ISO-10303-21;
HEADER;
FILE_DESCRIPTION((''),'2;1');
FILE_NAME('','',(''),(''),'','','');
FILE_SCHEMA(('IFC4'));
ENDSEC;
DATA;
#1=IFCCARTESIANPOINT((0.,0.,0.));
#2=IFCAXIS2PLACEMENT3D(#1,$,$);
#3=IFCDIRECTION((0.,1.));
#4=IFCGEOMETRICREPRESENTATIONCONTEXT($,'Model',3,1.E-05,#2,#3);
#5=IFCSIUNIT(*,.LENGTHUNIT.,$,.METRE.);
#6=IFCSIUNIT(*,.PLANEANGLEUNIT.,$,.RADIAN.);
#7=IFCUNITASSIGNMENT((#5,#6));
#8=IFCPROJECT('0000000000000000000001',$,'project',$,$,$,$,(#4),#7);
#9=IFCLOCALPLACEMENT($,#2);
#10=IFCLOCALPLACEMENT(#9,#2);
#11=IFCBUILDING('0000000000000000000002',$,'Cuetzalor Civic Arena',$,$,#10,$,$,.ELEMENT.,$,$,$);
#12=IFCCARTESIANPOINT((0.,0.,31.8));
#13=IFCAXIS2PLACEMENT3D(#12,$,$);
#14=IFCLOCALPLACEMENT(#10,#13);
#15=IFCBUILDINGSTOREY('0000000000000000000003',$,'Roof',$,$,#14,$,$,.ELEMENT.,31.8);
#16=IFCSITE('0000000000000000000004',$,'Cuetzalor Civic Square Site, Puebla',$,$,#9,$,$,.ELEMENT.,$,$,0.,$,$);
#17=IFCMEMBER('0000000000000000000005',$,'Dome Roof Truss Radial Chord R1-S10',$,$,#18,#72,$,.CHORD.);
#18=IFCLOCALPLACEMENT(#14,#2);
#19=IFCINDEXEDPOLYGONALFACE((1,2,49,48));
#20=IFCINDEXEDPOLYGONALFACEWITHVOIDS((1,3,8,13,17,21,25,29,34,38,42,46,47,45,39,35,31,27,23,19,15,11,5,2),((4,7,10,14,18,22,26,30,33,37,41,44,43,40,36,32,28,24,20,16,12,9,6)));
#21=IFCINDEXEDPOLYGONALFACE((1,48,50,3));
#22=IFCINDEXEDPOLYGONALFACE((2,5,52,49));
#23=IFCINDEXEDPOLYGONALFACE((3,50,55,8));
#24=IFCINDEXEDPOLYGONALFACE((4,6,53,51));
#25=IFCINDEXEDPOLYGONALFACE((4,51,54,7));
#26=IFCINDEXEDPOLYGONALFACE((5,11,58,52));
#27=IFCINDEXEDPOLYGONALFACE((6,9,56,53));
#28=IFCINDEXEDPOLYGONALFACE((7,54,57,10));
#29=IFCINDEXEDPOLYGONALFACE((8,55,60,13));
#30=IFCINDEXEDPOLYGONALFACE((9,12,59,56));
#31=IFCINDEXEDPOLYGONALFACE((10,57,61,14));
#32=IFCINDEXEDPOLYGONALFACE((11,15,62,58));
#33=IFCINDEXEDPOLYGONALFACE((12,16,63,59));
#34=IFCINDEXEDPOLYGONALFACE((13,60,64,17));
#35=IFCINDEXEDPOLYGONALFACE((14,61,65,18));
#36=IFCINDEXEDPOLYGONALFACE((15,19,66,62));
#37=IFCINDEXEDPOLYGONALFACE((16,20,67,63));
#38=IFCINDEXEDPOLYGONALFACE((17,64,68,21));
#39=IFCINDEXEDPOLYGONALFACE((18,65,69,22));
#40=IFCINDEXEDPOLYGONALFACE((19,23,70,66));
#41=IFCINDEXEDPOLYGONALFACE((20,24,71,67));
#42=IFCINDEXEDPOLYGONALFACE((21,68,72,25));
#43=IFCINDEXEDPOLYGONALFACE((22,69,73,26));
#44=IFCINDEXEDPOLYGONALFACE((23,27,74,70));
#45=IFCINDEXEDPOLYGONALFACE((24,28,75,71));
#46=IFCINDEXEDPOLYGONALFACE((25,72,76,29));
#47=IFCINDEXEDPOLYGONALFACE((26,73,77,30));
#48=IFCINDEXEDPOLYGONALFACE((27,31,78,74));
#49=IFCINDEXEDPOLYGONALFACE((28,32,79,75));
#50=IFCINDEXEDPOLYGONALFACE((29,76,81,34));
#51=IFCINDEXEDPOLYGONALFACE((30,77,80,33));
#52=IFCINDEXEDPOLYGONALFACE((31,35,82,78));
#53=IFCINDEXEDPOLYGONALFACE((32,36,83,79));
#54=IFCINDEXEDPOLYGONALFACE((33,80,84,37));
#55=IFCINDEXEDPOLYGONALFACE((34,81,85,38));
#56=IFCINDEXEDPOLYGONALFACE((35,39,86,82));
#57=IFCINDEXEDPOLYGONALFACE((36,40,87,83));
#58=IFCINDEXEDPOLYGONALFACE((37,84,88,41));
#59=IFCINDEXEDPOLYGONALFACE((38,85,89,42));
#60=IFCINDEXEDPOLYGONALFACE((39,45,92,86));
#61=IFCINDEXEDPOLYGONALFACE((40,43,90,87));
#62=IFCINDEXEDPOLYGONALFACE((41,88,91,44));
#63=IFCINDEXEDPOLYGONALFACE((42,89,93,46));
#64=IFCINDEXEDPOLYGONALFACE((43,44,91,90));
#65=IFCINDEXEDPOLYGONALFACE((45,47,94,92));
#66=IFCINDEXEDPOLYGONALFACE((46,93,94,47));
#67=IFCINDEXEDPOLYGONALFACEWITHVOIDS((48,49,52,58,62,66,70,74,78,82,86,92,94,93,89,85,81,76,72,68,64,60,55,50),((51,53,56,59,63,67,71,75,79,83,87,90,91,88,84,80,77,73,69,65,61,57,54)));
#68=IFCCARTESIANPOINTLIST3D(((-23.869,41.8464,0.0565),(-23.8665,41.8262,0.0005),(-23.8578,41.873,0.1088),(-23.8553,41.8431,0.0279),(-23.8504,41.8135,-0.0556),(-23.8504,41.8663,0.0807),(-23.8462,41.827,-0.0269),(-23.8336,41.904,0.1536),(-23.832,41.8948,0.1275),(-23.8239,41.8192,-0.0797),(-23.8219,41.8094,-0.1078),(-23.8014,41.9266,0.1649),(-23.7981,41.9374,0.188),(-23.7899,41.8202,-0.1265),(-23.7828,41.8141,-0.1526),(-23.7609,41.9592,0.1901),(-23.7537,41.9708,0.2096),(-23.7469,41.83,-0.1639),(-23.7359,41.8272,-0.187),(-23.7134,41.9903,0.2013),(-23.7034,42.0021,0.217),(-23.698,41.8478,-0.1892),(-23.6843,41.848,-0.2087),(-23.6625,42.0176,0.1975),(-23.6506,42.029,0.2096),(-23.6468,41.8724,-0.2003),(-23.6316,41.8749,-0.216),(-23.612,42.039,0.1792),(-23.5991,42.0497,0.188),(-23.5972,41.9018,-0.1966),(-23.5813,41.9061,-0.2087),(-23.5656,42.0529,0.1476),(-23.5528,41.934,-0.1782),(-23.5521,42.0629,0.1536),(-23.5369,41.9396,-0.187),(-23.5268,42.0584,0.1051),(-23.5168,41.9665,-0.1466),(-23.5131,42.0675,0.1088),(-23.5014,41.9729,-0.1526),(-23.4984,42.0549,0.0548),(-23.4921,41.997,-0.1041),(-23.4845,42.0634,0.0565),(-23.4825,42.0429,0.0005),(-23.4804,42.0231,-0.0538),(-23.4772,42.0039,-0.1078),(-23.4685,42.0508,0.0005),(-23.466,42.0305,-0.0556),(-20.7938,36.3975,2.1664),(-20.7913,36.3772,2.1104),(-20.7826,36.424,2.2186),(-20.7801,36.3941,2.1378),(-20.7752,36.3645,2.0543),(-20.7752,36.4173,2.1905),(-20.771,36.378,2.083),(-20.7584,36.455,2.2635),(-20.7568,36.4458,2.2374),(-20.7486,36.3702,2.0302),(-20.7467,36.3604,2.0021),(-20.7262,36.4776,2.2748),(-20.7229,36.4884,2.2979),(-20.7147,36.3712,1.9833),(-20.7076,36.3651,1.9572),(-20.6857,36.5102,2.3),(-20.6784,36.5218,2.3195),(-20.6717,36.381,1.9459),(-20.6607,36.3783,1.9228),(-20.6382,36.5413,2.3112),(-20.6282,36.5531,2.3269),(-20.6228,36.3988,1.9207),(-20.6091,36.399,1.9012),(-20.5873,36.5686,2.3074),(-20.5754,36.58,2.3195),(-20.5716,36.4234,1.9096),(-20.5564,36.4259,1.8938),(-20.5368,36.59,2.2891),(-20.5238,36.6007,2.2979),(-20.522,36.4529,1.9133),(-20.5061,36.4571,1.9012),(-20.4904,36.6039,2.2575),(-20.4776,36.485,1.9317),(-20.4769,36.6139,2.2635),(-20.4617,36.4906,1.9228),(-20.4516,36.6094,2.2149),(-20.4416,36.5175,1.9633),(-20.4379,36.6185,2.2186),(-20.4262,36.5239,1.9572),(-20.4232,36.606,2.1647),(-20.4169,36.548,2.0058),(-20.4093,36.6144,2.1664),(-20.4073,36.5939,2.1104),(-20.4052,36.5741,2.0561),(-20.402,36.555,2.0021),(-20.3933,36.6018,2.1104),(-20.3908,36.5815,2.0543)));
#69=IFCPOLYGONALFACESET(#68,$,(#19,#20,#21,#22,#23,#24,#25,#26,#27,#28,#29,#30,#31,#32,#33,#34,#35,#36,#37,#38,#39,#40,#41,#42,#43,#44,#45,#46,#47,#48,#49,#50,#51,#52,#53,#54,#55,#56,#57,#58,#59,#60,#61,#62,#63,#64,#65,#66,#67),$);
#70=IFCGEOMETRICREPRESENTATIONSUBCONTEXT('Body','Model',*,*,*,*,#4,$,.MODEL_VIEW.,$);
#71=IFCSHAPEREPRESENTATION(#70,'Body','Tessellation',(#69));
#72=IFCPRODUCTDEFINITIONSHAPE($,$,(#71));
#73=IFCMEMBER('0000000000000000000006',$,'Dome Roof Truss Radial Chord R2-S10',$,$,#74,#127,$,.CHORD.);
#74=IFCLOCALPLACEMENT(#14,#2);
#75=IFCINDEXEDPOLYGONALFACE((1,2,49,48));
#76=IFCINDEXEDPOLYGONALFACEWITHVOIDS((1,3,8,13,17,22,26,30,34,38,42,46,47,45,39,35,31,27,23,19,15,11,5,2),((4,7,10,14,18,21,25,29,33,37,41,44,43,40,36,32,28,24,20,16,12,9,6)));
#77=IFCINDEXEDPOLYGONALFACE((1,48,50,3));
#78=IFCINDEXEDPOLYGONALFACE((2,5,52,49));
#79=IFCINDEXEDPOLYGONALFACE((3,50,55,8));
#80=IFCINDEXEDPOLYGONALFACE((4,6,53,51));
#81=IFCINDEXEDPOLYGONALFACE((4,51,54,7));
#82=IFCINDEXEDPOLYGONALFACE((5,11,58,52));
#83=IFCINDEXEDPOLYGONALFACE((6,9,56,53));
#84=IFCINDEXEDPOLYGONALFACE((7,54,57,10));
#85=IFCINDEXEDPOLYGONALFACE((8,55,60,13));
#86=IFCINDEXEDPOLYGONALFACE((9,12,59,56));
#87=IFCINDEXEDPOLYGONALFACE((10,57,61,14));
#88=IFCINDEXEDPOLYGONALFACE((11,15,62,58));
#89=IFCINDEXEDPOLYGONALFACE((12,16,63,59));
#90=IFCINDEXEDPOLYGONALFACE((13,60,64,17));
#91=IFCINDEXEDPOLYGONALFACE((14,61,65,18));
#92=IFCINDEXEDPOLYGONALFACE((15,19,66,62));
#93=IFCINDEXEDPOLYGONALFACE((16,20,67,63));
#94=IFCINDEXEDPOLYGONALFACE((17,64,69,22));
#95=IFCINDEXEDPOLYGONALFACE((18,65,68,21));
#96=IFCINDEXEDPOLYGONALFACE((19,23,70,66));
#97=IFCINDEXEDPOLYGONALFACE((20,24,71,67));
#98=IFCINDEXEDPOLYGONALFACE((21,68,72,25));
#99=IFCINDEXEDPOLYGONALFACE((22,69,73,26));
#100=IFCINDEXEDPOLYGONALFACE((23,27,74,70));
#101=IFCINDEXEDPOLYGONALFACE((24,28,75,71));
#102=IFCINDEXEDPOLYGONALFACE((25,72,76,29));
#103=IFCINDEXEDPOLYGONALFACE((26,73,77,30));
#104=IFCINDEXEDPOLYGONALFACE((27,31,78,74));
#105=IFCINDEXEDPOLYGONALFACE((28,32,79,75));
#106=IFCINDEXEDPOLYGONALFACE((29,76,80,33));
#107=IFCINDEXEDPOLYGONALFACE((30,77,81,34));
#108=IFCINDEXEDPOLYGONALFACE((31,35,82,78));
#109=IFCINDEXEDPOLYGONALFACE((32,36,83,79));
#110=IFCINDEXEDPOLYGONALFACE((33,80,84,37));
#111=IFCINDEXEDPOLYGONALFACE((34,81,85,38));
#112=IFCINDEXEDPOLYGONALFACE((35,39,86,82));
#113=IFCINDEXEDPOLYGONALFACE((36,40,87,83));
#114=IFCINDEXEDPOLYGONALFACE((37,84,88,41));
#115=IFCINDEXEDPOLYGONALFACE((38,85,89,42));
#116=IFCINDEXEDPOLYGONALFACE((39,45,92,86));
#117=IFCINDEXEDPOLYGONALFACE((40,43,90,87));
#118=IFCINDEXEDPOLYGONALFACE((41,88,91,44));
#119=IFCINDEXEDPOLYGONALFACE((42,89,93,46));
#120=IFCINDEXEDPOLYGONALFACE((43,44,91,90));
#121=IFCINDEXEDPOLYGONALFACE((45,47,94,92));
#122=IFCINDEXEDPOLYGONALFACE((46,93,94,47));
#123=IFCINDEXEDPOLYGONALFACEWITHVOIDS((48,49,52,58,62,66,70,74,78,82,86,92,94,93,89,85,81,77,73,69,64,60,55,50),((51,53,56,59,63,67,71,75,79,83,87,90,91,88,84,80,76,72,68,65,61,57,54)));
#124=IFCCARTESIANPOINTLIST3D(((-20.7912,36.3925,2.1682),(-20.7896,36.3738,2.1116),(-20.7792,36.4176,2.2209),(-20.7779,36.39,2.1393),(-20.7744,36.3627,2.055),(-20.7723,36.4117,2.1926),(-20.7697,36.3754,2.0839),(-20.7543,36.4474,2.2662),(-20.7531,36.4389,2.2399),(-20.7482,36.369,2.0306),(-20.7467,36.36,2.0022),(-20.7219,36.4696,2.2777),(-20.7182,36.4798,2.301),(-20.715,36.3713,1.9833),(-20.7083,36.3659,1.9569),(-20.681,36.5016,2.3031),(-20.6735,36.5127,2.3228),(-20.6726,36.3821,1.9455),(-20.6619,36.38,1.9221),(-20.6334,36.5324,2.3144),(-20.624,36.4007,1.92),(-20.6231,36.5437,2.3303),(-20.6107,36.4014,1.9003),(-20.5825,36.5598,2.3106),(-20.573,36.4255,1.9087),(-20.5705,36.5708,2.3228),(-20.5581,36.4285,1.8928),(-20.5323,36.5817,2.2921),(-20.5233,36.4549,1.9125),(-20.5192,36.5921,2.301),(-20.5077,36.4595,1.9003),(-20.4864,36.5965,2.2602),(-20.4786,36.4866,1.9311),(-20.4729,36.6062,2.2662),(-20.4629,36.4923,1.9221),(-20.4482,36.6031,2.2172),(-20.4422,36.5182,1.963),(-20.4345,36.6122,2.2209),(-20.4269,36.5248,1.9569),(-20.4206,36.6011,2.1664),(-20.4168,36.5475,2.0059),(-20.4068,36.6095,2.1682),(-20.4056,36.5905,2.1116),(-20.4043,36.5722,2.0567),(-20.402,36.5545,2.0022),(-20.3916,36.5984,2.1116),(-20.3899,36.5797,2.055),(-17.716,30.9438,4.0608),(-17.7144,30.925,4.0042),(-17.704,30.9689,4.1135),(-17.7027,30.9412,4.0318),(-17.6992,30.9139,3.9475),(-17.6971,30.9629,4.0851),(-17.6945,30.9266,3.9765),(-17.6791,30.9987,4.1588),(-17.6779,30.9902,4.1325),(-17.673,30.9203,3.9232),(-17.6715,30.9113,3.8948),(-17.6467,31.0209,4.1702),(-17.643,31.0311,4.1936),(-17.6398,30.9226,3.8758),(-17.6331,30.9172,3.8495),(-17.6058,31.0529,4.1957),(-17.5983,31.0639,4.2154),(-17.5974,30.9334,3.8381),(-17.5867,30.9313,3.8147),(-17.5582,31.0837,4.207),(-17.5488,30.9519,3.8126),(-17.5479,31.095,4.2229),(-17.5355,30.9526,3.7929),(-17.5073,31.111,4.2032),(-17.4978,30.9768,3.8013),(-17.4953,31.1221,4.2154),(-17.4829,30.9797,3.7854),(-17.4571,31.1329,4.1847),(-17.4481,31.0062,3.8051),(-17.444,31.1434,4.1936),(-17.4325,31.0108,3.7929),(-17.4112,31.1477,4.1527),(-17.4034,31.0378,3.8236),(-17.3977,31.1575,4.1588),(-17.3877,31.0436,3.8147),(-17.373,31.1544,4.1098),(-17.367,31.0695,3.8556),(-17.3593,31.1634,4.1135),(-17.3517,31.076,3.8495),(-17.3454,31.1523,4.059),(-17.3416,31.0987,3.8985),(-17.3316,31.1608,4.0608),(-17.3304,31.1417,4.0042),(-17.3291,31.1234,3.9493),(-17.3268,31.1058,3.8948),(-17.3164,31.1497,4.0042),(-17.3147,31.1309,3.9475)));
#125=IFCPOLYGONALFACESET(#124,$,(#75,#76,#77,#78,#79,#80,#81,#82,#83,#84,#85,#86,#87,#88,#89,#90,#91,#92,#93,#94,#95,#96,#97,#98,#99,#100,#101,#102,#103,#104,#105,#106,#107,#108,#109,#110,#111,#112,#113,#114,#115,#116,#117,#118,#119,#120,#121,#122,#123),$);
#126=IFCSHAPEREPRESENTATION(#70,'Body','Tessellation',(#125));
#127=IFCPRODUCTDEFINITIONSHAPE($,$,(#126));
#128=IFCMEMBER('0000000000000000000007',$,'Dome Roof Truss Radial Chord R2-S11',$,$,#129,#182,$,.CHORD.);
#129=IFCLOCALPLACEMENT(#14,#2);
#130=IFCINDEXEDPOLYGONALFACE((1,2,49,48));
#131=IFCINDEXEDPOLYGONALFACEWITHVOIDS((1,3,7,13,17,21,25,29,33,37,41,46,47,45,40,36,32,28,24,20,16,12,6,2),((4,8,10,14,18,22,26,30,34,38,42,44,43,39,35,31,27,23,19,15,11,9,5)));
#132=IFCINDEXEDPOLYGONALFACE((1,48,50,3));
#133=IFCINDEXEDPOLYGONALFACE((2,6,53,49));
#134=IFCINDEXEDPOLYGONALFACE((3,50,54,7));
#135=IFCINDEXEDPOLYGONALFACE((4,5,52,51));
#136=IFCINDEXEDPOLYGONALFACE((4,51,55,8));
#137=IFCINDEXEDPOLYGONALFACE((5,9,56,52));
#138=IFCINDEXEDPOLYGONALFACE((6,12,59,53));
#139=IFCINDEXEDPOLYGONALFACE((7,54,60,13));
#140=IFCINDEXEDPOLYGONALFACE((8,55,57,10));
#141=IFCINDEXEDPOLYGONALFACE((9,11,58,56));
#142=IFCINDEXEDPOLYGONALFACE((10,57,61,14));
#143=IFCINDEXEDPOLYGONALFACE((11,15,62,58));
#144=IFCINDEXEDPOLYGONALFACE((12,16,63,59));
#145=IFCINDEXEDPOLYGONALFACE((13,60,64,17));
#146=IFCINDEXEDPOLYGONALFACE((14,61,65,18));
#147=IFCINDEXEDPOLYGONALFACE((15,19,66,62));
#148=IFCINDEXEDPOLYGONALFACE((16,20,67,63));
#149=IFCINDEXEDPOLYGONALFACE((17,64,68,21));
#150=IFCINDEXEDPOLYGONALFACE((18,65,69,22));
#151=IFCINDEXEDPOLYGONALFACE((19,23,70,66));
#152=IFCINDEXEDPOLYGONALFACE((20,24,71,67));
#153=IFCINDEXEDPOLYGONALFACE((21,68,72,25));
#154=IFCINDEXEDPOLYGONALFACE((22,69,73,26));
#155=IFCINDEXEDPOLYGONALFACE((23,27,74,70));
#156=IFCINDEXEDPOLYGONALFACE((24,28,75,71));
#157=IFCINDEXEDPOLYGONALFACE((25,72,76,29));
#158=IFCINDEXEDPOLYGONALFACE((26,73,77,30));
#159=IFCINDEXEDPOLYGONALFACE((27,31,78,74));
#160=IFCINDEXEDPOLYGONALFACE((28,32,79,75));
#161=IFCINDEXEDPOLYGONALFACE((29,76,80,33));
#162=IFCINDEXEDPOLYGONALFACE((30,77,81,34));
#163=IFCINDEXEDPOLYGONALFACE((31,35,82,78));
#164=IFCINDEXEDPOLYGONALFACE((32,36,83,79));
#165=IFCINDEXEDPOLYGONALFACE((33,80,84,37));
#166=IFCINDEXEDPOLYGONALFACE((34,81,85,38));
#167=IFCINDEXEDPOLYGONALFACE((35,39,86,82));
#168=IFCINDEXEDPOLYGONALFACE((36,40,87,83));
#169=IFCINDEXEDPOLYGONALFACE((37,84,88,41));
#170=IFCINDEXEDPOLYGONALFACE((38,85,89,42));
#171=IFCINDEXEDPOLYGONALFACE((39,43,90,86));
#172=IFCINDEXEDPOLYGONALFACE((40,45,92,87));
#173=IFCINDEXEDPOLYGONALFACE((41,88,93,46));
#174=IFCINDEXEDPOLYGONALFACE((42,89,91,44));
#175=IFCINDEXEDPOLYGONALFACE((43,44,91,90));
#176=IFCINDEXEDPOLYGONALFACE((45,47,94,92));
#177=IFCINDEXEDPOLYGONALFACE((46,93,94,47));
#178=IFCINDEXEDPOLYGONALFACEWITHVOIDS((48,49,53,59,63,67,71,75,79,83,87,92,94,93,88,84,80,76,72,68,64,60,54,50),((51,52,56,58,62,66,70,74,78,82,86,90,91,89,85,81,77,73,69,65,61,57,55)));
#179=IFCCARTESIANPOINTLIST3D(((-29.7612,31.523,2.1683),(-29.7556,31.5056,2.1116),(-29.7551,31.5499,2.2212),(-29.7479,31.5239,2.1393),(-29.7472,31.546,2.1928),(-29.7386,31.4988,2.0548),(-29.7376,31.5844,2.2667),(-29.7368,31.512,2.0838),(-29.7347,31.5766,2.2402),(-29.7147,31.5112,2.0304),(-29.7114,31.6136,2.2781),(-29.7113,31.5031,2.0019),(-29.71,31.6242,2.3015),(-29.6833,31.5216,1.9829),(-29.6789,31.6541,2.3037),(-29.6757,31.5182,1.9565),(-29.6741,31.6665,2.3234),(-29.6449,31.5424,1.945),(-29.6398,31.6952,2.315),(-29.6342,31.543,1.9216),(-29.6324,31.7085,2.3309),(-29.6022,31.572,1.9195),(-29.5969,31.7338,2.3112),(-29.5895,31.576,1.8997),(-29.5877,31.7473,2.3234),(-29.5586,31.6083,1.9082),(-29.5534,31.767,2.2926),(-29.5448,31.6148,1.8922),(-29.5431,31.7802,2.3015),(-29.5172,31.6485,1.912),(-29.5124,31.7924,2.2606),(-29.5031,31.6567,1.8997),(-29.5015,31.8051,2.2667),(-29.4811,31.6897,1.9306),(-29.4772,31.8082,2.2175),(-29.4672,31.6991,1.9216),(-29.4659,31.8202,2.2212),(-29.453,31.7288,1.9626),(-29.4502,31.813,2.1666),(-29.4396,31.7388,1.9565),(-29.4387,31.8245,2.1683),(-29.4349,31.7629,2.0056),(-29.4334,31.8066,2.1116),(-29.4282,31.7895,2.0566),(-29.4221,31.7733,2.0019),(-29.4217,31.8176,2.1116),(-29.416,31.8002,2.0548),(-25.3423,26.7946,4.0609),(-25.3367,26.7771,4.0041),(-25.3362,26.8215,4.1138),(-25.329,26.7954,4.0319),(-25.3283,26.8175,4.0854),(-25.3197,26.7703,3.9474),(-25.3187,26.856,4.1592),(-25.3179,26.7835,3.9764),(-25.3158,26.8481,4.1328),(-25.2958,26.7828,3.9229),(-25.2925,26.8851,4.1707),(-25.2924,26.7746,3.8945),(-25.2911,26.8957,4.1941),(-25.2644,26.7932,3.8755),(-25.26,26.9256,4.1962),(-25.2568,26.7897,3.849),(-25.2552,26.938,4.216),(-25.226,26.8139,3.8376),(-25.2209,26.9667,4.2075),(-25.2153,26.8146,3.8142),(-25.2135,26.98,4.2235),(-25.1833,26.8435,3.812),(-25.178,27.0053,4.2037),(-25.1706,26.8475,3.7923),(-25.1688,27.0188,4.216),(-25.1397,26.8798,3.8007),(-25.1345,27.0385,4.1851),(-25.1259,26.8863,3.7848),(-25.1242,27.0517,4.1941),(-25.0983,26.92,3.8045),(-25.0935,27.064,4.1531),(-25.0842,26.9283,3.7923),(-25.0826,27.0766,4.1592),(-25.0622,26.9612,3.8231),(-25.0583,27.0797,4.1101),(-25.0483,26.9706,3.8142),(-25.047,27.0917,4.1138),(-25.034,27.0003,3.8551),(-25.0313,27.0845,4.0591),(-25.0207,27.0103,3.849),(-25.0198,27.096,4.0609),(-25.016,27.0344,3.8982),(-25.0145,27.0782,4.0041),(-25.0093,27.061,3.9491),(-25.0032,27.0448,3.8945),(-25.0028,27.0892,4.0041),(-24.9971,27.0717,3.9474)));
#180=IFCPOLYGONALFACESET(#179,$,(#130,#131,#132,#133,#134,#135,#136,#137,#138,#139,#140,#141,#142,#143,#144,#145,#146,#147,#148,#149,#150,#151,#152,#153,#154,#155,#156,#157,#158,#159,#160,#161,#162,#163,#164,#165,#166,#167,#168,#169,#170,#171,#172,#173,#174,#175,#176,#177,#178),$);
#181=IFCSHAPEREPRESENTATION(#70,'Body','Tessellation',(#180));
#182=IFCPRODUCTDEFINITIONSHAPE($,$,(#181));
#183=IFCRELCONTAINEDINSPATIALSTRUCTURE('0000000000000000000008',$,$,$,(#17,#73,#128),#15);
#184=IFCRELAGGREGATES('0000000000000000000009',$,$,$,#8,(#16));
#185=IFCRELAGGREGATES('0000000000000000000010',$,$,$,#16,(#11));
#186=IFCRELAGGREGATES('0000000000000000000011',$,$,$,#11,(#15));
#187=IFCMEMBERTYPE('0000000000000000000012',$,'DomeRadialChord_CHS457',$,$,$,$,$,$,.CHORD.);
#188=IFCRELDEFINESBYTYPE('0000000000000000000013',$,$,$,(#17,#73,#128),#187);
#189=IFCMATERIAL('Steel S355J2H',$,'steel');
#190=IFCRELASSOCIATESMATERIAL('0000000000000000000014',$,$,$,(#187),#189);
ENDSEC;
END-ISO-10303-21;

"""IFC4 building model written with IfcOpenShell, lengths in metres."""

from ifc_helpers import new_model, si_unit, direction, frame, origin, origin_2d, place, context, subcontext, project, spatial, hollow_circle, extrude, material, material_profile, profile_set, type_object, element, save


model = new_model("IFC4")

# Units and contexts
model_context = context("Model", 3, precision=1e-05, world=origin(), true_north=direction((0.0, 1.0)))
body_context = subcontext(model_context, "Body", "Model", "MODEL_VIEW")
ifc_project = project(units=[si_unit("LENGTHUNIT", "METRE"), si_unit("PLANEANGLEUNIT", "RADIAN")], contexts=[model_context])

# Site, building, storey
site_placement = place(None, origin())
site = spatial("IfcSite", under=ifc_project, at=site_placement, Name="Cuetzalor Civic Square Site, Puebla", CompositionType="ELEMENT", RefElevation=0.0)
building_placement = place(site_placement, origin())
building = spatial("IfcBuilding", under=site, at=building_placement, Name="Cuetzalor Civic Arena", CompositionType="ELEMENT")
storey_placement = place(building_placement, frame((0.0, 0.0, 31.8)))
storey = spatial("IfcBuildingStorey", under=building, at=storey_placement, Name="Roof", CompositionType="ELEMENT", Elevation=31.8)

# Members
ifc_material_1 = material(Name="Steel S355J2H", Category="steel")
ifc_material_profile_1 = material_profile(ifc_material_1, hollow_circle(Radius=0.2285, WallThickness=0.0161, at=origin_2d()), Name="CHS 457x16")
ifc_profile_set_1 = profile_set([ifc_material_profile_1], Name="Steel S355J2H")
member_type_1 = type_object("IfcMemberType", Name="DomeRadialChord_CHS457", PredefinedType="CHORD", material=ifc_profile_set_1)
member_1_placement = place(storey_placement, frame((-23.6675, 41.9385, 0.0005), z_axis=(0.465727, -0.825226, 0.319531), x_axis=(0.870882, 0.491493, 0.0)))
element("IfcMember", 1, at=member_1_placement, inside=storey, type_object=member_type_1, Name="Dome Roof Truss Radial Chord R1-S10", PredefinedType="CHORD", context=body_context, shape_type="SweptSolid", body=[
    extrude(hollow_circle(Radius=0.2285, WallThickness=0.0161, at=origin_2d()), origin(), (0.0, 0.0, 1.0), 6.603),
])
member_2_placement = place(storey_placement, frame((-20.5906, 36.4861, 2.1116), z_axis=(0.470457, -0.833571, 0.289535), x_axis=(0.870872, 0.491509, 0.0)))
element("IfcMember", 2, at=member_2_placement, inside=storey, type_object=member_type_1, Name="Dome Roof Truss Radial Chord R2-S10", PredefinedType="CHORD", context=body_context, shape_type="SweptSolid", body=[
    extrude(hollow_circle(Radius=0.2285, WallThickness=0.0161, at=origin_2d()), origin(), (0.0, 0.0, 1.0), 6.5366),
])
member_3_placement = place(storey_placement, frame((-29.5886, 31.6616, 2.1116), z_axis=(0.65534, -0.70125, 0.280674), x_axis=(0.730619, 0.682786, 0.0)))
element("IfcMember", 3, at=member_3_placement, inside=storey, type_object=member_type_1, Name="Dome Roof Truss Radial Chord R2-S11", PredefinedType="CHORD", context=body_context, shape_type="SweptSolid", body=[
    extrude(hollow_circle(Radius=0.2285, WallThickness=0.0161, at=origin_2d()), origin(), (0.0, 0.0, 1.0), 6.7429),
])

save(model, "model.ifc")
